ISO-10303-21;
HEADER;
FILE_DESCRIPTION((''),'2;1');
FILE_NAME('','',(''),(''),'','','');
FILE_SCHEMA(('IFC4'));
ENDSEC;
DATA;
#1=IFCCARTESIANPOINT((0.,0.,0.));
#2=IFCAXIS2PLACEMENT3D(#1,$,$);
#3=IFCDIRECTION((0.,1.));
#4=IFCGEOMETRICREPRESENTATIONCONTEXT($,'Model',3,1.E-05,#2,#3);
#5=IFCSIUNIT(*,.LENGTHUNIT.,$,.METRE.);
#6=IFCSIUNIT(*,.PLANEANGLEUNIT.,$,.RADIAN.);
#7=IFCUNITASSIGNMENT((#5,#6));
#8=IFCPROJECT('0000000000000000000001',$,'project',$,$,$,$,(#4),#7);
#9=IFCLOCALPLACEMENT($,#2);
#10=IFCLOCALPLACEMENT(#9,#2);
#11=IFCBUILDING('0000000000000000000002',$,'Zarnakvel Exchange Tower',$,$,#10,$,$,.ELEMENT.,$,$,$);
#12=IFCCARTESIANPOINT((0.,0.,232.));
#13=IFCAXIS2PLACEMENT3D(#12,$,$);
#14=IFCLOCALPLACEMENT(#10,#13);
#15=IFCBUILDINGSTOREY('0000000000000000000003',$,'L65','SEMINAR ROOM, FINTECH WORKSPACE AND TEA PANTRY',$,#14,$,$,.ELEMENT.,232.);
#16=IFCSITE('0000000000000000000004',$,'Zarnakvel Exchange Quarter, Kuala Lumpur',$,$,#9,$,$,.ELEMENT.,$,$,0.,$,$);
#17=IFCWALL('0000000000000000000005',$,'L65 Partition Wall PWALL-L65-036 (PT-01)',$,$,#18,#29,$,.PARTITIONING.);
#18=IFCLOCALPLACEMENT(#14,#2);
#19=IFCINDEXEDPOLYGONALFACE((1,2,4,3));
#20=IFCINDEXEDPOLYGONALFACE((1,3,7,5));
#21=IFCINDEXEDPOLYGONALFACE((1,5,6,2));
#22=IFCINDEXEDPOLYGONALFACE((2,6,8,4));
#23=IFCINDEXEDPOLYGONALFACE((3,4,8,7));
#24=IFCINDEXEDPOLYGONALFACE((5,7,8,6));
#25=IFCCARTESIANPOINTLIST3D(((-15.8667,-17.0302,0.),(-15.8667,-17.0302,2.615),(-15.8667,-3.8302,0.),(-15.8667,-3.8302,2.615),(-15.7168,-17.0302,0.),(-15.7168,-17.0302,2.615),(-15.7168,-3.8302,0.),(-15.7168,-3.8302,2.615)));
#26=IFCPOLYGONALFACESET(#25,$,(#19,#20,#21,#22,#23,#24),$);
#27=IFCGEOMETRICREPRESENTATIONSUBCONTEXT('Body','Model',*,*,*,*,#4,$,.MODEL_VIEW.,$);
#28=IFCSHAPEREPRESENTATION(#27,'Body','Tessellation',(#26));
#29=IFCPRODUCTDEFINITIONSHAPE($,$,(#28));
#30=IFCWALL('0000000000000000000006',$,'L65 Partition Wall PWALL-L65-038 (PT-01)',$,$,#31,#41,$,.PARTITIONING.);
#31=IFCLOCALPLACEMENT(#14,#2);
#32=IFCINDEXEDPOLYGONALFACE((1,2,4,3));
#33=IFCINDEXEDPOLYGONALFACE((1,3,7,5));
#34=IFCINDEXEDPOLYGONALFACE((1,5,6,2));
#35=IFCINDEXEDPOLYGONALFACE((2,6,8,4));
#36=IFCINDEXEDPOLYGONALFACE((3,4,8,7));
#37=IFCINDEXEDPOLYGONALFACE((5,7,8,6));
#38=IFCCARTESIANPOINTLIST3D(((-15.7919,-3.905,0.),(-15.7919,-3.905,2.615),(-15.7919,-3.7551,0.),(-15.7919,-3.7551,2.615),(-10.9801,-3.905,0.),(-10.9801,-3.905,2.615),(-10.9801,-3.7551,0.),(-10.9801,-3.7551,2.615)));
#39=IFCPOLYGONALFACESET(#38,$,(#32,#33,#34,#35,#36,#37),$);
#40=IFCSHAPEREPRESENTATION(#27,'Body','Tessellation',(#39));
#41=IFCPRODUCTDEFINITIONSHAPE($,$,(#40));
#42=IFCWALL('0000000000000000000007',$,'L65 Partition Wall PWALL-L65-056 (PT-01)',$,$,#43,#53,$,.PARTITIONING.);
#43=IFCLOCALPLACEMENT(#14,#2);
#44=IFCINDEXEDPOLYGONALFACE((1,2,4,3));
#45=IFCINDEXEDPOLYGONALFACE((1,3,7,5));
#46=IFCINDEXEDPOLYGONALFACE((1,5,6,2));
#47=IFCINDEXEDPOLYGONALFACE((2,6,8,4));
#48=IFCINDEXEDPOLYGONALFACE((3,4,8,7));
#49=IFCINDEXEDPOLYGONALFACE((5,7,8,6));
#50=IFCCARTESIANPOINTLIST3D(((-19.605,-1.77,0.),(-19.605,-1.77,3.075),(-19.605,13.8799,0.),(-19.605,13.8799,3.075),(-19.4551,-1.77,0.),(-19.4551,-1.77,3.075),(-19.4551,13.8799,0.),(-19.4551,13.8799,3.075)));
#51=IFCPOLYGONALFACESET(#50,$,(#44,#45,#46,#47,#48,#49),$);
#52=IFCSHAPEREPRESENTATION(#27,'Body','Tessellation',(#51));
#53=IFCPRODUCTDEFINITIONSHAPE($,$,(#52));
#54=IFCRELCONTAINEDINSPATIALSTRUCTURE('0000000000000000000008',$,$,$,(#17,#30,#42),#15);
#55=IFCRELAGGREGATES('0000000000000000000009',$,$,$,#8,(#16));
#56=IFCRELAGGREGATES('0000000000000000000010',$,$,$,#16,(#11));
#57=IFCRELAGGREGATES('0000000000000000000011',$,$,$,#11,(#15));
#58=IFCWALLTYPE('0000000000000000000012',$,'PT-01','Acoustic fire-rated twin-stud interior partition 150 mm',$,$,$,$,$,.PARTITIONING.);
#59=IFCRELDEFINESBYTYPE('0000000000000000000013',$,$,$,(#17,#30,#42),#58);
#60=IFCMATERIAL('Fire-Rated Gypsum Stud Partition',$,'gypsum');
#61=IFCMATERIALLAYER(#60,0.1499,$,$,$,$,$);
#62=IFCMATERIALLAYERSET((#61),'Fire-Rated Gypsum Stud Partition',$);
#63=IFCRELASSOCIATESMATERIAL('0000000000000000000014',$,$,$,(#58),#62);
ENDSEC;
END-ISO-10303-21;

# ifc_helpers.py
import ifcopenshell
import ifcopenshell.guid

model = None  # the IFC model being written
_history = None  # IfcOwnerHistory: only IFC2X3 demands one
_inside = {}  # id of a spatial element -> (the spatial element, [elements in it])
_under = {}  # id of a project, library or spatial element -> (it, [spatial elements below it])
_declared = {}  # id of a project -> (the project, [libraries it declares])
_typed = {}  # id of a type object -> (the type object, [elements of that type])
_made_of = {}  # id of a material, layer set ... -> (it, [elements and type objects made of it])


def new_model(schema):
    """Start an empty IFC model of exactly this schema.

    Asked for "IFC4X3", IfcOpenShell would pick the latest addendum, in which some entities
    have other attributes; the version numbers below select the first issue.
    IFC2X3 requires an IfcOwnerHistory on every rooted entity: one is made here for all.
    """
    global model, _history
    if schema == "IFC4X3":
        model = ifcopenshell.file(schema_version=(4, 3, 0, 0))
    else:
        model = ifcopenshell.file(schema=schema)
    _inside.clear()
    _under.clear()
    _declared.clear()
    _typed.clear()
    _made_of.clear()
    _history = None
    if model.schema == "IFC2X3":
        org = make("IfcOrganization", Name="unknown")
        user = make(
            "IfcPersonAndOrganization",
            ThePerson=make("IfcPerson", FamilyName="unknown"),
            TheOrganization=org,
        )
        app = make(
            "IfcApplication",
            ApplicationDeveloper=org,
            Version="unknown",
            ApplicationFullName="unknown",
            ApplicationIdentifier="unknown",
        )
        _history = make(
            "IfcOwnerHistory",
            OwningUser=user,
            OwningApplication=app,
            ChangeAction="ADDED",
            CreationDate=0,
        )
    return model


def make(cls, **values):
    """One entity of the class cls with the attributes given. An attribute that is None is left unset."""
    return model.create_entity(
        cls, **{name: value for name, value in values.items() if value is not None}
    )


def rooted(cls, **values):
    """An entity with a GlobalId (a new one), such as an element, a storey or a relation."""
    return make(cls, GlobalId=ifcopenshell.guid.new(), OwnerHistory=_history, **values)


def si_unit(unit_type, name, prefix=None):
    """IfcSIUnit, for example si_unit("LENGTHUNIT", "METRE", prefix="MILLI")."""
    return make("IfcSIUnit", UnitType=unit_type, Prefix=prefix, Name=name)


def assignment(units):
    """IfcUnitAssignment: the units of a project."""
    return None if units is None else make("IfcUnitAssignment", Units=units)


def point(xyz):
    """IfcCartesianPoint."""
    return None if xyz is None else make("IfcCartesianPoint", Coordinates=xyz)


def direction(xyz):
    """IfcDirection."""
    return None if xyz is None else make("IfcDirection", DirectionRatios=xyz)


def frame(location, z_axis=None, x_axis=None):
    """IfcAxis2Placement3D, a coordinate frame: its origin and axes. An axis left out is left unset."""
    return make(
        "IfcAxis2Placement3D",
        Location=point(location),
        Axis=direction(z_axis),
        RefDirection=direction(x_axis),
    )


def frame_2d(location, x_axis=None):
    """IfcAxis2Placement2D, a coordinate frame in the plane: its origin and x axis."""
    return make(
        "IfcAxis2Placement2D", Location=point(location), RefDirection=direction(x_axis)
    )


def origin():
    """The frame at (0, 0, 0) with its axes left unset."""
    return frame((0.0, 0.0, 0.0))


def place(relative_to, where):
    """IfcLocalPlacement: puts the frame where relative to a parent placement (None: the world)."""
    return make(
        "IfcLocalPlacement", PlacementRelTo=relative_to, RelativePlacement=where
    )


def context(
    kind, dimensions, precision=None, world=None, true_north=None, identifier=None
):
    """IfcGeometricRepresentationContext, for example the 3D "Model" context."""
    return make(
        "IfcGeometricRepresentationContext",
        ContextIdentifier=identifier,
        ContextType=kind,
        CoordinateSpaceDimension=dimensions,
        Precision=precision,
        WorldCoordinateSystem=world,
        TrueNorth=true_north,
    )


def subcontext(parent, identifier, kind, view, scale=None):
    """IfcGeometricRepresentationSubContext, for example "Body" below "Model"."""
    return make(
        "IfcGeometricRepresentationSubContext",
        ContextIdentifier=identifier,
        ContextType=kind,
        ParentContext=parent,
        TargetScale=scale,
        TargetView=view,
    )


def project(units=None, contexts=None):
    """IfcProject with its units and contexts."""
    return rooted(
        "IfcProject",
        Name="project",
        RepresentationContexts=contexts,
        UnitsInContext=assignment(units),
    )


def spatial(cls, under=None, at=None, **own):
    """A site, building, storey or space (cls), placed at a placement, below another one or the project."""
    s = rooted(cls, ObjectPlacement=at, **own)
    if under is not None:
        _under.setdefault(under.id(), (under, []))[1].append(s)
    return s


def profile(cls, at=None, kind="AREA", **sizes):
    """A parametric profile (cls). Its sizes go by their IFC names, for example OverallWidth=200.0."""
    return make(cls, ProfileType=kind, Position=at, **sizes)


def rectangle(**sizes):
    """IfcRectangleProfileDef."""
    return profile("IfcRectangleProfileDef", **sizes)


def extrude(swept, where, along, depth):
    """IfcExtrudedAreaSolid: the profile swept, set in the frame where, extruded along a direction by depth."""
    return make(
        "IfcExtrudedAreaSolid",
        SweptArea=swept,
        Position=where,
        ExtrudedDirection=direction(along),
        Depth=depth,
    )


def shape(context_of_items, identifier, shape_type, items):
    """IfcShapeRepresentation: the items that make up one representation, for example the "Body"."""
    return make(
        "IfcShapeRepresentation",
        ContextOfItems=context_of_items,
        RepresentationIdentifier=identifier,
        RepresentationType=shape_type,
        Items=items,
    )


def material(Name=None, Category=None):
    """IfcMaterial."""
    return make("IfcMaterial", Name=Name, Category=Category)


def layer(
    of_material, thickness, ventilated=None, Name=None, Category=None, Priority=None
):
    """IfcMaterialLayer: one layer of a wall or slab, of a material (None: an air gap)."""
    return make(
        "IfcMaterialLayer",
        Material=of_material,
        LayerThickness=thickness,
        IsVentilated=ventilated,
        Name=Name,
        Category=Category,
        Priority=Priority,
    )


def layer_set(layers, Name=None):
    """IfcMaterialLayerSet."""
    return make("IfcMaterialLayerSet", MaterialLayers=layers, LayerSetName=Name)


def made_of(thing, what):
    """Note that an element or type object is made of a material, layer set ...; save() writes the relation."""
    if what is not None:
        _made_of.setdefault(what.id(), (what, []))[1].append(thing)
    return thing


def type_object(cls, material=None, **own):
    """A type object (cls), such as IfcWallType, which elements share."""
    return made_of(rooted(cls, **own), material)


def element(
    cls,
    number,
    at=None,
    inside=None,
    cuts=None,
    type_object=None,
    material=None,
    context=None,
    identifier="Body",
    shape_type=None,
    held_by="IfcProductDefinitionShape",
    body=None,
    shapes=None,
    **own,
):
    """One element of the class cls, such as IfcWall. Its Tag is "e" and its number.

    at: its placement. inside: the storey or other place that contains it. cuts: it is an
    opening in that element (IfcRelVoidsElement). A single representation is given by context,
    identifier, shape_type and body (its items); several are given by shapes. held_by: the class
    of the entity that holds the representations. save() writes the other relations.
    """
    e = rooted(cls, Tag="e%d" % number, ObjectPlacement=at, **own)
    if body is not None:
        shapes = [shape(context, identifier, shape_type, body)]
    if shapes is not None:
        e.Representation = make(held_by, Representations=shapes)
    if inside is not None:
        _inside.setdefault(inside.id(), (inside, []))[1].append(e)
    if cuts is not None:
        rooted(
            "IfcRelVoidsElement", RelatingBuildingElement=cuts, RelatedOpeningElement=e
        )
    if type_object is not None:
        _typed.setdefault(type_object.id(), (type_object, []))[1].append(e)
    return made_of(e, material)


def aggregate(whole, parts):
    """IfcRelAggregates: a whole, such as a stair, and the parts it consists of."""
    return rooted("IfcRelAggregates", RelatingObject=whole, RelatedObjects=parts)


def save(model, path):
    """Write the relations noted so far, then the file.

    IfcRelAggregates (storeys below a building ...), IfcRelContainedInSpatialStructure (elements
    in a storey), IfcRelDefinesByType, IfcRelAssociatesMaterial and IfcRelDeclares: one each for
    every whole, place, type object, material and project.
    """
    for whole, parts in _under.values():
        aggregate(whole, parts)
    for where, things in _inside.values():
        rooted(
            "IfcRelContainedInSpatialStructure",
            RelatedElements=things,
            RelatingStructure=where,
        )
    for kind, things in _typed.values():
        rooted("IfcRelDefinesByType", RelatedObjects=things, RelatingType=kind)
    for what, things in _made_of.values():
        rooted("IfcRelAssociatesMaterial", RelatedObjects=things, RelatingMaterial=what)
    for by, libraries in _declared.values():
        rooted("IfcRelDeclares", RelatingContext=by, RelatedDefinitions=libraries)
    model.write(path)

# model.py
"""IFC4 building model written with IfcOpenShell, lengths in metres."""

from ifc_helpers import new_model, si_unit, direction, frame, frame_2d, origin, place, context, subcontext, project, spatial, rectangle, extrude, material, layer, layer_set, type_object, element, save


model = new_model("IFC4")

# Units and contexts
model_context = context("Model", 3, precision=1e-05, world=origin(), true_north=direction((0.0, 1.0)))
body_context = subcontext(model_context, "Body", "Model", "MODEL_VIEW")
ifc_project = project(units=[si_unit("LENGTHUNIT", "METRE"), si_unit("PLANEANGLEUNIT", "RADIAN")], contexts=[model_context])

# Site, building, storey
site_placement = place(None, origin())
site = spatial("IfcSite", under=ifc_project, at=site_placement, Name="Zarnakvel Exchange Quarter, Kuala Lumpur", CompositionType="ELEMENT", RefElevation=0.0)
building_placement = place(site_placement, origin())
building = spatial("IfcBuilding", under=site, at=building_placement, Name="Zarnakvel Exchange Tower", CompositionType="ELEMENT")
storey_placement = place(building_placement, frame((0.0, 0.0, 232.0)))
storey = spatial("IfcBuildingStorey", under=building, at=storey_placement, Name="L65", Description="SEMINAR ROOM, FINTECH WORKSPACE AND TEA PANTRY", CompositionType="ELEMENT", Elevation=232.0)

# Shared definitions
ifc_material_1 = material(Name="Fire-Rated Gypsum Stud Partition", Category="gypsum")
ifc_layer_1 = layer(ifc_material_1, 0.1499)
ifc_layer_set_1 = layer_set([ifc_layer_1], Name="Fire-Rated Gypsum Stud Partition")
wall_type_1 = type_object("IfcWallType", Name="PT-01", Description="Acoustic fire-rated twin-stud interior partition 150 mm", PredefinedType="PARTITIONING", material=ifc_layer_set_1)

# Walls
wall_1_placement = place(storey_placement, frame((-15.7917, -3.8301, 0.0), z_axis=(0.0, 0.0, 1.0), x_axis=(0.0, -1.0, 0.0)))
element("IfcWall", 1, at=wall_1_placement, inside=storey, type_object=wall_type_1, Name="L65 Partition Wall PWALL-L65-036 (PT-01)", PredefinedType="PARTITIONING", context=body_context, shape_type="SweptSolid", body=[
    extrude(rectangle(XDim=13.2, YDim=0.1499, at=frame_2d((6.6001, 0.0))), origin(), (0.0, 0.0, 1.0), 2.615),
])
wall_2_placement = place(storey_placement, frame((-15.7917, -3.8301, 0.0), z_axis=(0.0, 0.0, 1.0), x_axis=(1.0, 0.0, 0.0)))
element("IfcWall", 2, at=wall_2_placement, inside=storey, type_object=wall_type_1, Name="L65 Partition Wall PWALL-L65-038 (PT-01)", PredefinedType="PARTITIONING", context=body_context, shape_type="SweptSolid", body=[
    extrude(rectangle(XDim=4.8118, YDim=0.1499, at=frame_2d((2.4058, 0.0))), origin(), (0.0, 0.0, 1.0), 2.615),
])

# Wall
wall_3_placement = place(storey_placement, frame((-19.53, -1.77, 0.0), z_axis=(0.0, 0.0, 1.0), x_axis=(0.0, 1.0, 0.0)))
element("IfcWall", 3, at=wall_3_placement, inside=storey, type_object=wall_type_1, Name="L65 Partition Wall PWALL-L65-056 (PT-01)", PredefinedType="PARTITIONING", context=body_context, shape_type="SweptSolid", body=[
    extrude(rectangle(XDim=15.6499, YDim=0.1499, at=frame_2d((7.825, 0.0))), origin(), (0.0, 0.0, 1.0), 3.075),
])

save(model, "model.ifc")
